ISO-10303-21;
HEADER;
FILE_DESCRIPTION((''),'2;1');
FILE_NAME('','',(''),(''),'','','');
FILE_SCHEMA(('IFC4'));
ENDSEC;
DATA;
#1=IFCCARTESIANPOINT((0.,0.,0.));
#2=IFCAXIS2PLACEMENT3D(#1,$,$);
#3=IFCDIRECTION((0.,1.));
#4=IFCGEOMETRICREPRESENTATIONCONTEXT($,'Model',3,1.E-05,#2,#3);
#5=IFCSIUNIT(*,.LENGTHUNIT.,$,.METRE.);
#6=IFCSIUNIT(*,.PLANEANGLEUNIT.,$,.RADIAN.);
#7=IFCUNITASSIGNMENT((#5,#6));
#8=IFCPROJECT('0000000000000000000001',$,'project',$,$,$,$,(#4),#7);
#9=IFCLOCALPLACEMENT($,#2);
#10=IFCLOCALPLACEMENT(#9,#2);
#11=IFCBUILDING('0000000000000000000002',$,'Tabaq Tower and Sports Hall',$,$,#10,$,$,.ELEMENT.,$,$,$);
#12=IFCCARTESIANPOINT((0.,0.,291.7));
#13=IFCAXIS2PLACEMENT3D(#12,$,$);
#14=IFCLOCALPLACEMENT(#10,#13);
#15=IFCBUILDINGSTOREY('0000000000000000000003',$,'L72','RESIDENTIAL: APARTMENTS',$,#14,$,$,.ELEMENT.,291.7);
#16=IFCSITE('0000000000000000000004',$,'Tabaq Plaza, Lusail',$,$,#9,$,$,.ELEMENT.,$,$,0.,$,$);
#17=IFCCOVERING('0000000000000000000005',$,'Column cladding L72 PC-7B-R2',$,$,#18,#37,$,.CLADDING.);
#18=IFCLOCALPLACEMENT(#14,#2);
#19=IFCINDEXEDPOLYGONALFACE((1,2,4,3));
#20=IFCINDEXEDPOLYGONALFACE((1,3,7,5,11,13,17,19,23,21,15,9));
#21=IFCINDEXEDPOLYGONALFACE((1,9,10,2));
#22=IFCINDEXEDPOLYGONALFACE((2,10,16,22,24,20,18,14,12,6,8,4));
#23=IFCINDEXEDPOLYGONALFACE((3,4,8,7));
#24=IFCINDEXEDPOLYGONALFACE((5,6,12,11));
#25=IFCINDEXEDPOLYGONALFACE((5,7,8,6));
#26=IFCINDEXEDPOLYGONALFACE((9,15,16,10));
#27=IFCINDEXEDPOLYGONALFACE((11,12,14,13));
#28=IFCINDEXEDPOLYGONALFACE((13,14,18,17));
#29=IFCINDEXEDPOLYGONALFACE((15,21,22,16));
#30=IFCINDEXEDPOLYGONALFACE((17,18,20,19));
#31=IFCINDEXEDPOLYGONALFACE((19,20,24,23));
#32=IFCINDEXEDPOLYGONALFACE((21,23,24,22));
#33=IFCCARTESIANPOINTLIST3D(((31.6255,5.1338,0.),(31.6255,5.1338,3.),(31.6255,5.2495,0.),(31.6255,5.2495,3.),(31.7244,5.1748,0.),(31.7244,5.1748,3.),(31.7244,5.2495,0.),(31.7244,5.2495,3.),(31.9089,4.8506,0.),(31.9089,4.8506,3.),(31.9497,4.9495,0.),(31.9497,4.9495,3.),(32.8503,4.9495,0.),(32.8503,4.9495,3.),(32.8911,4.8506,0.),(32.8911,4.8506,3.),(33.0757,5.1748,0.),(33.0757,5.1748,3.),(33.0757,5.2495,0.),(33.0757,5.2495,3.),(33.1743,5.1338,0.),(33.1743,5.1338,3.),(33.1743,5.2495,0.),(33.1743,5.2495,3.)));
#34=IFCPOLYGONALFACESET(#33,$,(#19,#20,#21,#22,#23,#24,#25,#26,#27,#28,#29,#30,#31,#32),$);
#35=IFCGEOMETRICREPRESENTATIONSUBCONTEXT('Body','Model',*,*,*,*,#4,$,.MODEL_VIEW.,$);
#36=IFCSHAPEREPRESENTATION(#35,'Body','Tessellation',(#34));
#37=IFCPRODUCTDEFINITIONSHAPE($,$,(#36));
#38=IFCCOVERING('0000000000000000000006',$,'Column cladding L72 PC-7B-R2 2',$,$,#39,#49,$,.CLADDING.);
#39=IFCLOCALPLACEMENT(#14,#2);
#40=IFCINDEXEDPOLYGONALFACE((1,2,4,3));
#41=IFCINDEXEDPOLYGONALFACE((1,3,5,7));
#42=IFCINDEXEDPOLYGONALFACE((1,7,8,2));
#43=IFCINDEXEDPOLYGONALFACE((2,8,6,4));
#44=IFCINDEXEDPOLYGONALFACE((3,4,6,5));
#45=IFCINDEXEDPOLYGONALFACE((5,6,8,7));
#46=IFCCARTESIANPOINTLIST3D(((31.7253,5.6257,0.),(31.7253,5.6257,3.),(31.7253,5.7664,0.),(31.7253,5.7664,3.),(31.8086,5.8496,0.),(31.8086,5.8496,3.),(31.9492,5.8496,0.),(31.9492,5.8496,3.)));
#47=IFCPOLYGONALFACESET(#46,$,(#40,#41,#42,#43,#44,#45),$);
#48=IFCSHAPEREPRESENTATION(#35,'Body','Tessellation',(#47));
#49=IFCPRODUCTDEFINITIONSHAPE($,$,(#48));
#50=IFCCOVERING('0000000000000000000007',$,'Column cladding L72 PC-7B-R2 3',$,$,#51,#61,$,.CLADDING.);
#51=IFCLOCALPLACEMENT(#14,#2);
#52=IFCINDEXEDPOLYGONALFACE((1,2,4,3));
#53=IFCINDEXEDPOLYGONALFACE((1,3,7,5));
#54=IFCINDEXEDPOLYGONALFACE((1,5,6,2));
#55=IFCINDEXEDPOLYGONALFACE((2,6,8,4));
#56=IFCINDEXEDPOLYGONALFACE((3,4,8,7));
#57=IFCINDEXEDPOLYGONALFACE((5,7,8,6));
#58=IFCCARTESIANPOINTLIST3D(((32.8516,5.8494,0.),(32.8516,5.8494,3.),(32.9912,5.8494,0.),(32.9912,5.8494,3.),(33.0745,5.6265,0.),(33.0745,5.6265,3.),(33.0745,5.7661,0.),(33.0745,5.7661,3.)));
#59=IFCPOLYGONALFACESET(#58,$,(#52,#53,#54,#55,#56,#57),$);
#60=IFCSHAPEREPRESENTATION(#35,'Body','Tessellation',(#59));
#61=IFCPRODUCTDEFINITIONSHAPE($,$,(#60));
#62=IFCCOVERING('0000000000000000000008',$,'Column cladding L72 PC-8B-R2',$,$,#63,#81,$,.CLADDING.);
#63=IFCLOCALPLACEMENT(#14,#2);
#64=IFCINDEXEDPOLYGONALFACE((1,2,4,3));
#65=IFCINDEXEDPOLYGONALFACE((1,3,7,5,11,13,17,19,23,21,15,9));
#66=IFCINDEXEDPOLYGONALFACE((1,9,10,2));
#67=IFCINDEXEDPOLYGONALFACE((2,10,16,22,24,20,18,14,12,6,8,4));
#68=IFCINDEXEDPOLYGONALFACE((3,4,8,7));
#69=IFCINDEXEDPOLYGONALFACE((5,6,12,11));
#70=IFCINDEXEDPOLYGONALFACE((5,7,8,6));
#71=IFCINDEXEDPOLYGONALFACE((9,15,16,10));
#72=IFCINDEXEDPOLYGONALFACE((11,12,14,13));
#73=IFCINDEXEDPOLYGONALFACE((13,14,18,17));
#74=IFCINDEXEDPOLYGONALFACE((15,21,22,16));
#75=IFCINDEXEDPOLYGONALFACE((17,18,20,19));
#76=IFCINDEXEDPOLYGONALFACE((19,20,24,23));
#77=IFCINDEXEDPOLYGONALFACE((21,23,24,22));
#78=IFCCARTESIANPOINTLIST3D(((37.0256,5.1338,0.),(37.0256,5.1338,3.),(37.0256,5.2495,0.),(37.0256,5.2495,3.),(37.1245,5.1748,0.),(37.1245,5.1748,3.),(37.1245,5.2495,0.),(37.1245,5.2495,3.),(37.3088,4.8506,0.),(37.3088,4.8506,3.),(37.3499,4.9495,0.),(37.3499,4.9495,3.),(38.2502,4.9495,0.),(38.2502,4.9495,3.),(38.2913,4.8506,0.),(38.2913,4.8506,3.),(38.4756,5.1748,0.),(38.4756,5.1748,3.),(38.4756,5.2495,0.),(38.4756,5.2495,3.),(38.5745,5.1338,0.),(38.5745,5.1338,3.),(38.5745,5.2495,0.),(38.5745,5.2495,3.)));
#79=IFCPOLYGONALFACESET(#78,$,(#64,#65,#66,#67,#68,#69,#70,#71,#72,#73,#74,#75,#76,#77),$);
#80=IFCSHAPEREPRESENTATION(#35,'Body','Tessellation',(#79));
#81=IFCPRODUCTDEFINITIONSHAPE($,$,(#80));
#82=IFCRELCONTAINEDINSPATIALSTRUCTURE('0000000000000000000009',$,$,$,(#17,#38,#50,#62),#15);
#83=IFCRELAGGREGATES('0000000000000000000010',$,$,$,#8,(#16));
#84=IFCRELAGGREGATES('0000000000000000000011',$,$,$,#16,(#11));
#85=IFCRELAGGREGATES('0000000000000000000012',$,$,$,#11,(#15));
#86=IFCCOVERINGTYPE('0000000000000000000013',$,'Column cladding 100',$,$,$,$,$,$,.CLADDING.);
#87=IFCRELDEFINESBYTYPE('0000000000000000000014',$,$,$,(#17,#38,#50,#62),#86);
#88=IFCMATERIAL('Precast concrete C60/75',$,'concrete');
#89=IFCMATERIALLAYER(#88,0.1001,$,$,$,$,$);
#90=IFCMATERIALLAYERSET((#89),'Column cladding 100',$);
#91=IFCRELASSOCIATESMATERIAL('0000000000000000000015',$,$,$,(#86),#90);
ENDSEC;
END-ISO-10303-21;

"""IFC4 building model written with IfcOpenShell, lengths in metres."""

from ifc_helpers import new_model, si_unit, direction, frame, origin, place, context, subcontext, project, spatial, polyline, outline, extrude, material, layer, layer_set, type_object, element, save


model = new_model("IFC4")

# Units and contexts
model_context = context("Model", 3, precision=1e-05, world=origin(), true_north=direction((0.0, 1.0)))
body_context = subcontext(model_context, "Body", "Model", "MODEL_VIEW")
ifc_project = project(units=[si_unit("LENGTHUNIT", "METRE"), si_unit("PLANEANGLEUNIT", "RADIAN")], contexts=[model_context])

# Site, building, storey
site_placement = place(None, origin())
site = spatial("IfcSite", under=ifc_project, at=site_placement, Name="Tabaq Plaza, Lusail", CompositionType="ELEMENT", RefElevation=0.0)
building_placement = place(site_placement, origin())
building = spatial("IfcBuilding", under=site, at=building_placement, Name="Tabaq Tower and Sports Hall", CompositionType="ELEMENT")
storey_placement = place(building_placement, frame((0.0, 0.0, 291.7)))
storey = spatial("IfcBuildingStorey", under=building, at=storey_placement, Name="L72", Description="RESIDENTIAL: APARTMENTS", CompositionType="ELEMENT", Elevation=291.7)

# Coverings
ifc_material_1 = material(Name="Precast concrete C60/75", Category="concrete")
ifc_layer_1 = layer(ifc_material_1, 0.1001)
ifc_layer_set_1 = layer_set([ifc_layer_1], Name="Column cladding 100")
covering_type = type_object("IfcCoveringType", Name="Column cladding 100", PredefinedType="CLADDING", material=ifc_layer_set_1)
covering_1_placement = place(storey_placement, origin())
element("IfcCovering", 1, at=covering_1_placement, inside=storey, type_object=covering_type, Name="Column cladding L72 PC-7B-R2", PredefinedType="CLADDING", context=body_context, shape_type="SweptSolid", body=[
    extrude(outline(polyline([(31.6255, 5.2495), (31.7244, 5.2495), (31.7244, 5.1748), (31.9497, 4.9495), (32.8503, 4.9495), (33.0757, 5.1748), (33.0757, 5.2495), (33.1743, 5.2495), (33.1743, 5.1338), (32.8911, 4.8506), (31.9089, 4.8506), (31.6255, 5.1338), (31.6255, 5.2495)])), origin(), (0.0, 0.0, 1.0), 3.0),
])
covering_2_placement = place(storey_placement, origin())
element("IfcCovering", 2, at=covering_2_placement, inside=storey, type_object=covering_type, Name="Column cladding L72 PC-7B-R2 2", PredefinedType="CLADDING", context=body_context, shape_type="SweptSolid", body=[
    extrude(outline(polyline([(31.8086, 5.8496), (31.9492, 5.8496), (31.7253, 5.6257), (31.7253, 5.7664), (31.8086, 5.8496)])), origin(), (0.0, 0.0, 1.0), 3.0),
])
covering_3_placement = place(storey_placement, origin())
element("IfcCovering", 3, at=covering_3_placement, inside=storey, type_object=covering_type, Name="Column cladding L72 PC-7B-R2 3", PredefinedType="CLADDING", context=body_context, shape_type="SweptSolid", body=[
    extrude(outline(polyline([(33.0745, 5.6265), (32.8516, 5.8494), (32.9912, 5.8494), (33.0745, 5.7661), (33.0745, 5.6265)])), origin(), (0.0, 0.0, 1.0), 3.0),
])
covering_4_placement = place(storey_placement, origin())
element("IfcCovering", 4, at=covering_4_placement, inside=storey, type_object=covering_type, Name="Column cladding L72 PC-8B-R2", PredefinedType="CLADDING", context=body_context, shape_type="SweptSolid", body=[
    extrude(outline(polyline([(37.0256, 5.2495), (37.1245, 5.2495), (37.1245, 5.1748), (37.3499, 4.9495), (38.2502, 4.9495), (38.4756, 5.1748), (38.4756, 5.2495), (38.5745, 5.2495), (38.5745, 5.1338), (38.2913, 4.8506), (37.3088, 4.8506), (37.0256, 5.1338), (37.0256, 5.2495)])), origin(), (0.0, 0.0, 1.0), 3.0),
])

save(model, "model.ifc")
